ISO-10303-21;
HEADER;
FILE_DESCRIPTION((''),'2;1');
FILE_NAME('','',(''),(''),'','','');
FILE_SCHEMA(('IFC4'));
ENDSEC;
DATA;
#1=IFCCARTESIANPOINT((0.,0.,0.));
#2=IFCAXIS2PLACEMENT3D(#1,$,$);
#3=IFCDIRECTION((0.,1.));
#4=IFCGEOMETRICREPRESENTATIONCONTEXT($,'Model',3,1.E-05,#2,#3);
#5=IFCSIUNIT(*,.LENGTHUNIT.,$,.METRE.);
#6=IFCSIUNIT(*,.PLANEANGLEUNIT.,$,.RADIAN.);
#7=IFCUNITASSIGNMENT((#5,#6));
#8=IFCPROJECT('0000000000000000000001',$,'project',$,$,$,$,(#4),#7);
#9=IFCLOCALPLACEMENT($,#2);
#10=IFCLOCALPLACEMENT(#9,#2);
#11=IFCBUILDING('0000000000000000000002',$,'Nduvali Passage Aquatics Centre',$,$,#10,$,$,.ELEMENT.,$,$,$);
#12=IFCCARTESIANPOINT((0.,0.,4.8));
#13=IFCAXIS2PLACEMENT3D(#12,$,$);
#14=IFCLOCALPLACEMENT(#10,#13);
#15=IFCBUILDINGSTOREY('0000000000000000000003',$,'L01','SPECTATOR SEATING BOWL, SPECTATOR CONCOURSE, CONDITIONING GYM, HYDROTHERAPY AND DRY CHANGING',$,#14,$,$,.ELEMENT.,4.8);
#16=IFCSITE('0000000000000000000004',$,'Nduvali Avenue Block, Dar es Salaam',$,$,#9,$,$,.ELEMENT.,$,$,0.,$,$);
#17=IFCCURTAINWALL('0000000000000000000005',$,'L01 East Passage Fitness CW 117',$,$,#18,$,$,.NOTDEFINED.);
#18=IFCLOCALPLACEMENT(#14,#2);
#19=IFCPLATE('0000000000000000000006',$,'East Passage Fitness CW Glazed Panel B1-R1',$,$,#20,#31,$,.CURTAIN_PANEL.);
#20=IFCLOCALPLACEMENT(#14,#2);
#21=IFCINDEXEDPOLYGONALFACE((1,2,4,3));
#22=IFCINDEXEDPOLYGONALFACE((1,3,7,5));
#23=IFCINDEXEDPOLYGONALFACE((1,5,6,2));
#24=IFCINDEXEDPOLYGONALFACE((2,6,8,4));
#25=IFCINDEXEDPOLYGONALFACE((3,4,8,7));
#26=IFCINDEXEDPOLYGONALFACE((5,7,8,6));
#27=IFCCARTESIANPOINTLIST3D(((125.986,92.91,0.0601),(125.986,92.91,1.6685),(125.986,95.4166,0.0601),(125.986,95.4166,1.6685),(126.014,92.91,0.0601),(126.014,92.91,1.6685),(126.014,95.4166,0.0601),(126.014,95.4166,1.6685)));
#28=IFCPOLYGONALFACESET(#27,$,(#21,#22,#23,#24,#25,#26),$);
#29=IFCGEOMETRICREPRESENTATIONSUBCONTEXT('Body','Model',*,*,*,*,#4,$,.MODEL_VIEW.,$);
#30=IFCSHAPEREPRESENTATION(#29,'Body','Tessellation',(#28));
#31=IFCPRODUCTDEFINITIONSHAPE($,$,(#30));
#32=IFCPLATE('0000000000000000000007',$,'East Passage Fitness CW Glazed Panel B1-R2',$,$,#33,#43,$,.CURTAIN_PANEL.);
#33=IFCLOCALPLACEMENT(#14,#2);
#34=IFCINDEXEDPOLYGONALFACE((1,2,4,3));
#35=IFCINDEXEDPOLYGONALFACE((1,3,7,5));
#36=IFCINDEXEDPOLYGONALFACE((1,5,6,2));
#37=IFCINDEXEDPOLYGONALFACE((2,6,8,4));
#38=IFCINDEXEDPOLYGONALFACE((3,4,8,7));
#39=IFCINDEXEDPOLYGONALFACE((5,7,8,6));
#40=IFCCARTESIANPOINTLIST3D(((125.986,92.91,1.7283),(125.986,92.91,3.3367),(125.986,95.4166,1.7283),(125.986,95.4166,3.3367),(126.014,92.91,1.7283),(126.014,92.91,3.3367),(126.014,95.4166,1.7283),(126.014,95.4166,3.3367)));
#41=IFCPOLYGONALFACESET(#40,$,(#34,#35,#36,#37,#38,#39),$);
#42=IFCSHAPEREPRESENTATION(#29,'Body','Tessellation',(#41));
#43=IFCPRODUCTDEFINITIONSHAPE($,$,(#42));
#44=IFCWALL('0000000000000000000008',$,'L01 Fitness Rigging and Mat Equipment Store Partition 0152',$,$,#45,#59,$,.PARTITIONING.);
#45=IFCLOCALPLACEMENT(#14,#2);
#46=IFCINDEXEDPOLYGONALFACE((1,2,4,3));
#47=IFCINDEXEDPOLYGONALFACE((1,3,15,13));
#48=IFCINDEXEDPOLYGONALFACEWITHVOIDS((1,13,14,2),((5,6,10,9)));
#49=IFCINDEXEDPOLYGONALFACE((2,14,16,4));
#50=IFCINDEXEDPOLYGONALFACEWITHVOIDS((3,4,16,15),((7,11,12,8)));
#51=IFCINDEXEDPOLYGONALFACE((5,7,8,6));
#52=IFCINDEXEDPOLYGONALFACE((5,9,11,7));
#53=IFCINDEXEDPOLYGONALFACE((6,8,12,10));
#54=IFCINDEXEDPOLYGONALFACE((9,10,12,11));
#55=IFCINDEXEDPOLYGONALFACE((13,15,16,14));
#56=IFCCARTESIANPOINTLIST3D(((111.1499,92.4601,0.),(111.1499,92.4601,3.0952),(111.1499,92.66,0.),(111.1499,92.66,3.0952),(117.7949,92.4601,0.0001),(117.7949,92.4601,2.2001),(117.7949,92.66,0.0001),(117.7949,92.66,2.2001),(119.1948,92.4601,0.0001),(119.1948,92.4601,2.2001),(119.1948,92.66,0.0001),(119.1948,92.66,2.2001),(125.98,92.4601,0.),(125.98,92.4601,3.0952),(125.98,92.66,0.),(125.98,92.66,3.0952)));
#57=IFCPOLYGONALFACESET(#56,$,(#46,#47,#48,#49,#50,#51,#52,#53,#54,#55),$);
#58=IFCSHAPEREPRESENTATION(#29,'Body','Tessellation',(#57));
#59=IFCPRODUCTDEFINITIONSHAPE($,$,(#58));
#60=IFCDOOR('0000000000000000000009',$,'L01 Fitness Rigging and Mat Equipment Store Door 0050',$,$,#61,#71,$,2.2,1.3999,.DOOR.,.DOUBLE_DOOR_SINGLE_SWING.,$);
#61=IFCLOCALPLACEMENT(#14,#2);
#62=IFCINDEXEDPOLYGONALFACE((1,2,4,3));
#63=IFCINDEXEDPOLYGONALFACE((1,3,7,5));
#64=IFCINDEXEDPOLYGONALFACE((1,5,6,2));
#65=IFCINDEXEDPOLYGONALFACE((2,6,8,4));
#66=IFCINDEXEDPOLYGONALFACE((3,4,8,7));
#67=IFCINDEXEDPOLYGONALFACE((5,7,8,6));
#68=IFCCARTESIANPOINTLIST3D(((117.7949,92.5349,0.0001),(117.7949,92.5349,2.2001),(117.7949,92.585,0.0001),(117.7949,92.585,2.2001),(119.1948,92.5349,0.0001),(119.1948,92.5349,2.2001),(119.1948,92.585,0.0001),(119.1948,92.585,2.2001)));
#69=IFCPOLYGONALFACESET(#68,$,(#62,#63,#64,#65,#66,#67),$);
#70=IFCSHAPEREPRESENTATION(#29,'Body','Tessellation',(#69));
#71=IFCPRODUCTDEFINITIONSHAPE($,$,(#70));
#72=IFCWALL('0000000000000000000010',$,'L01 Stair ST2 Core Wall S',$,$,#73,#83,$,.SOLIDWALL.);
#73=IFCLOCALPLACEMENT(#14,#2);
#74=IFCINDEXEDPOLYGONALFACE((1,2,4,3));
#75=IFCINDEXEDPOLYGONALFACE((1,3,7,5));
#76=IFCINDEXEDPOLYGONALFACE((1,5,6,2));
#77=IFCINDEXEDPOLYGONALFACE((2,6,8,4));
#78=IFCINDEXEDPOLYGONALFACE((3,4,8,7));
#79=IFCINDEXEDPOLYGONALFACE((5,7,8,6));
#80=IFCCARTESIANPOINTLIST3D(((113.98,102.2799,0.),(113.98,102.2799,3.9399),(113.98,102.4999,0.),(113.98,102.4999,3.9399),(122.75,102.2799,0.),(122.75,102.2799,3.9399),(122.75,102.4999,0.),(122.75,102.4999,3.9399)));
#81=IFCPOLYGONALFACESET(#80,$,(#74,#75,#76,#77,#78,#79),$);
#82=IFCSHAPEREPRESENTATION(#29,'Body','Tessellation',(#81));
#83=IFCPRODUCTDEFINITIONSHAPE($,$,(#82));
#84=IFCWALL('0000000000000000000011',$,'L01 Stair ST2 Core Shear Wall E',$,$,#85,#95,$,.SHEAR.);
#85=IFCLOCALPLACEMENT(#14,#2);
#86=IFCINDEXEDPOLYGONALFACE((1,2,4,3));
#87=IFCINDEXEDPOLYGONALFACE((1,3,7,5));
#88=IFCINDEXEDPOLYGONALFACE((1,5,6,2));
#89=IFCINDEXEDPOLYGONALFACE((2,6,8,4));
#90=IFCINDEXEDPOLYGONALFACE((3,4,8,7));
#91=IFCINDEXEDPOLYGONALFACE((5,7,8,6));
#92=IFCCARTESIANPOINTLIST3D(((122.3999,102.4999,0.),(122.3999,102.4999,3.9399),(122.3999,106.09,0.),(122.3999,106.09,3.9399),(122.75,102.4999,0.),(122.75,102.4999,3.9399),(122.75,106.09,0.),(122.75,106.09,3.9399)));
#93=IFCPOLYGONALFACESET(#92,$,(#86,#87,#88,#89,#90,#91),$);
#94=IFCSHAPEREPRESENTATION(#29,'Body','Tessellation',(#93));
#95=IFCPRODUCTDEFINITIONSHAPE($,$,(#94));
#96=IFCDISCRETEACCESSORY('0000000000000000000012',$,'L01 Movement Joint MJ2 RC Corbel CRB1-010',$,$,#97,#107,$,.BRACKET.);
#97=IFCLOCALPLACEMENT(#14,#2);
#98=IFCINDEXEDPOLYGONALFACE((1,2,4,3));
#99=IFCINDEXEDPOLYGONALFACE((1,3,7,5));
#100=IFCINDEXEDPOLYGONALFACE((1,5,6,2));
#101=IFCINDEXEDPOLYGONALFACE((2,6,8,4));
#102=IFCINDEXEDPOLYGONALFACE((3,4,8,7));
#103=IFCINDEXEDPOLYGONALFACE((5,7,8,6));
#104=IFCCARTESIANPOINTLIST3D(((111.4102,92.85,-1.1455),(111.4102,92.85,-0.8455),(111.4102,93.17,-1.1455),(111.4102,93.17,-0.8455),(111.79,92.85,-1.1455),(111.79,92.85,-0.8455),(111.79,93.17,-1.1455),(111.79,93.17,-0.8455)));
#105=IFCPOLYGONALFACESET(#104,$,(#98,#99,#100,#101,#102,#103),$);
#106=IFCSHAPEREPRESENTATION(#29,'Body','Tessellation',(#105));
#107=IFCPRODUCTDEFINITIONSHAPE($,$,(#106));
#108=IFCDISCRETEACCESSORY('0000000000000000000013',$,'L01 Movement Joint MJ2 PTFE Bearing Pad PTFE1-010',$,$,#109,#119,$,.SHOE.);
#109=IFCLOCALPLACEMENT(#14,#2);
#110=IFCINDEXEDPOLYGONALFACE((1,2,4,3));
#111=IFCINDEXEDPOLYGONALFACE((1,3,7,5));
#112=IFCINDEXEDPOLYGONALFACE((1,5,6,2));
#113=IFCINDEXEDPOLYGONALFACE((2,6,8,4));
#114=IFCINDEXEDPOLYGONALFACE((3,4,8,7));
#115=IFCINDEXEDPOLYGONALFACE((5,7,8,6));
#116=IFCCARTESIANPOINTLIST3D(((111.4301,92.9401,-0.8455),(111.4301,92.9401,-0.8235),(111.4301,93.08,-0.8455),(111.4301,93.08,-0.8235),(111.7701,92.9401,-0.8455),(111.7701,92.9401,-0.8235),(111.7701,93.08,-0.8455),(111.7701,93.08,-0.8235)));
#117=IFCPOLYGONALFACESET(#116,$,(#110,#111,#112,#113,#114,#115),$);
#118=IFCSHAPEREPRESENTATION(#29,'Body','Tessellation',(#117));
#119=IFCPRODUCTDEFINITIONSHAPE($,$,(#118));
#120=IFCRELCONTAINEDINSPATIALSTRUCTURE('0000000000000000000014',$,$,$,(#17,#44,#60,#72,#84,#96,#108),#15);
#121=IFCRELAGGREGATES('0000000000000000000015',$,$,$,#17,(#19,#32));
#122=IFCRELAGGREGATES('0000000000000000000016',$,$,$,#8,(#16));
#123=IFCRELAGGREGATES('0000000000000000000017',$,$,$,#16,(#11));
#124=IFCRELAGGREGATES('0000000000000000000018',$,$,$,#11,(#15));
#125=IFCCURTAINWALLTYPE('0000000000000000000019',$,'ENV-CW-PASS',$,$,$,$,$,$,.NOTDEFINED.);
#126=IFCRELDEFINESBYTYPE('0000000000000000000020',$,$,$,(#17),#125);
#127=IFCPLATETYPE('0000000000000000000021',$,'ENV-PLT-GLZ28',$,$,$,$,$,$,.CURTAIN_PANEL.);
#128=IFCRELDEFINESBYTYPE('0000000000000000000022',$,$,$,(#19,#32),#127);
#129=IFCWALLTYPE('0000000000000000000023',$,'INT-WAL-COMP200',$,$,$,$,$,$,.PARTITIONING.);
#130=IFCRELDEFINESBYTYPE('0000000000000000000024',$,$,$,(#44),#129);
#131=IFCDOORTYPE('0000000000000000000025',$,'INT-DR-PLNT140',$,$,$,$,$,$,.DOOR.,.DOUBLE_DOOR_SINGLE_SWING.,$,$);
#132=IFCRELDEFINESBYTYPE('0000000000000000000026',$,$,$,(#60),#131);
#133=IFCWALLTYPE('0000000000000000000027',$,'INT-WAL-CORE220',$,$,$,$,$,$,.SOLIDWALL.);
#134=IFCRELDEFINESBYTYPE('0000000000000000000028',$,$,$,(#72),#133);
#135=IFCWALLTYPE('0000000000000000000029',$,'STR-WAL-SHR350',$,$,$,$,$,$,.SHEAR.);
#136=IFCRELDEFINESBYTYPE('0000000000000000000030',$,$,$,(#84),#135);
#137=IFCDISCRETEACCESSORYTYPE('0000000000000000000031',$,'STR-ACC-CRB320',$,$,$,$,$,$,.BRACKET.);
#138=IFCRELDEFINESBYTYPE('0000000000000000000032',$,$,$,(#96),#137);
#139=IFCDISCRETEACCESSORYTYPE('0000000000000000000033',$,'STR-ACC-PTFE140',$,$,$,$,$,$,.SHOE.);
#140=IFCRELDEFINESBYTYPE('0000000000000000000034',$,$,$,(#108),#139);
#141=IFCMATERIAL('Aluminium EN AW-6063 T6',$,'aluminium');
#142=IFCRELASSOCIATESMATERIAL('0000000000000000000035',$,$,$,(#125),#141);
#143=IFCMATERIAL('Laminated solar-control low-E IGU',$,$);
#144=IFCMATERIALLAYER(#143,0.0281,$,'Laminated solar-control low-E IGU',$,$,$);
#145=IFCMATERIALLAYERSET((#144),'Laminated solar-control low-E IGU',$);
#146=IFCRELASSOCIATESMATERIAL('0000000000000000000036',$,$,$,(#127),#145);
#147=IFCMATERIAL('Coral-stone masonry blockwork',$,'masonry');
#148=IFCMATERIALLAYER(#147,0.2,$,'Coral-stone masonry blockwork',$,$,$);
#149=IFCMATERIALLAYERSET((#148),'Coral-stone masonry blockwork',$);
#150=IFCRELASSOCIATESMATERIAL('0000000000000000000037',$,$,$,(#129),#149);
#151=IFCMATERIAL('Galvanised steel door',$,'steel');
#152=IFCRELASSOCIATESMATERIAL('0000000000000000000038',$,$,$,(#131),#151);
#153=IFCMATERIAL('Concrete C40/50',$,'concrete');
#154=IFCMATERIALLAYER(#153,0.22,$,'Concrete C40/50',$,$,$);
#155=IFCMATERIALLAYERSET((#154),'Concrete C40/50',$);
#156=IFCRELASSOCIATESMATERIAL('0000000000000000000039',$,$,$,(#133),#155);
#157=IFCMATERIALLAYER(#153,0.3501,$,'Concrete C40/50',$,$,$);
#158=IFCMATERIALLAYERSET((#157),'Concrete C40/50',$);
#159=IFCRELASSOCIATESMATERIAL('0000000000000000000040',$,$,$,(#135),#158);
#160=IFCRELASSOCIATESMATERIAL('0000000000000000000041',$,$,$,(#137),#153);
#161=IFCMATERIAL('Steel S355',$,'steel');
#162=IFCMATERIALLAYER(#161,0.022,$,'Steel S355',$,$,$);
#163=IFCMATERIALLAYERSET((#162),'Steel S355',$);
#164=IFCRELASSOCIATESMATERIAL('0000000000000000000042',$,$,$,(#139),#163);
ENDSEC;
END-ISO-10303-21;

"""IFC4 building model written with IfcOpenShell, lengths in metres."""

from ifc_helpers import new_model, si_unit, direction, frame, frame_2d, origin, origin_2d, place, context, subcontext, project, spatial, rectangle, extrude, material, layer, layer_set, type_object, element, fill, aggregate, save


model = new_model("IFC4")

# Units and contexts
model_context = context("Model", 3, precision=1e-05, world=origin(), true_north=direction((0.0, 1.0)))
body_context = subcontext(model_context, "Body", "Model", "MODEL_VIEW")
ifc_project = project(units=[si_unit("LENGTHUNIT", "METRE"), si_unit("PLANEANGLEUNIT", "RADIAN")], contexts=[model_context])

# Site, building, storey
site_placement = place(None, origin())
site = spatial("IfcSite", under=ifc_project, at=site_placement, Name="Nduvali Avenue Block, Dar es Salaam", CompositionType="ELEMENT", RefElevation=0.0)
building_placement = place(site_placement, origin())
building = spatial("IfcBuilding", under=site, at=building_placement, Name="Nduvali Passage Aquatics Centre", CompositionType="ELEMENT")
storey_placement = place(building_placement, frame((0.0, 0.0, 4.8)))
storey = spatial("IfcBuildingStorey", under=building, at=storey_placement, Name="L01", Description="SPECTATOR SEATING BOWL, SPECTATOR CONCOURSE, CONDITIONING GYM, HYDROTHERAPY AND DRY CHANGING", CompositionType="ELEMENT", Elevation=4.8)

# Shared definitions
ifc_material_1 = material(Name="Steel S355", Category="steel")

# Curtain wall
ifc_material_2 = material(Name="Aluminium EN AW-6063 T6", Category="aluminium")
curtain_wall_type = type_object("IfcCurtainWallType", Name="ENV-CW-PASS", PredefinedType="NOTDEFINED", material=ifc_material_2)
curtain_wall_placement = place(storey_placement, origin())
curtain_wall = element("IfcCurtainWall", 1, at=curtain_wall_placement, inside=storey, type_object=curtain_wall_type, Name="L01 East Passage Fitness CW 117", PredefinedType="NOTDEFINED")

# Plates
ifc_material_3 = material(Name="Laminated solar-control low-E IGU")
ifc_layer_1 = layer(ifc_material_3, 0.0281, Name="Laminated solar-control low-E IGU")
ifc_layer_set_1 = layer_set([ifc_layer_1], Name="Laminated solar-control low-E IGU")
plate_type = type_object("IfcPlateType", Name="ENV-PLT-GLZ28", PredefinedType="CURTAIN_PANEL", material=ifc_layer_set_1)
plate_1_placement = place(storey_placement, frame((126.0, 94.1633, 0.0601), z_axis=(0.0, 0.0, 1.0), x_axis=(0.0, 1.0, 0.0)))
plate_1 = element("IfcPlate", 2, at=plate_1_placement, type_object=plate_type, Name="East Passage Fitness CW Glazed Panel B1-R1", PredefinedType="CURTAIN_PANEL", context=body_context, shape_type="SweptSolid", body=[
    extrude(rectangle(XDim=2.5066, YDim=0.0281, at=origin_2d()), origin(), (0.0, 0.0, 1.0), 1.6084),
])
plate_2_placement = place(storey_placement, frame((126.0, 94.1633, 1.7283), z_axis=(0.0, 0.0, 1.0), x_axis=(0.0, 1.0, 0.0)))
plate_2 = element("IfcPlate", 3, at=plate_2_placement, type_object=plate_type, Name="East Passage Fitness CW Glazed Panel B1-R2", PredefinedType="CURTAIN_PANEL", context=body_context, shape_type="SweptSolid", body=[
    extrude(rectangle(XDim=2.5066, YDim=0.0281, at=origin_2d()), origin(), (0.0, 0.0, 1.0), 1.6084),
])
aggregate(curtain_wall, [plate_1, plate_2])

# Wall, opening, door
ifc_material_4 = material(Name="Coral-stone masonry blockwork", Category="masonry")
ifc_layer_2 = layer(ifc_material_4, 0.2, Name="Coral-stone masonry blockwork")
ifc_layer_set_2 = layer_set([ifc_layer_2], Name="Coral-stone masonry blockwork")
wall_type_1 = type_object("IfcWallType", Name="INT-WAL-COMP200", PredefinedType="PARTITIONING", material=ifc_layer_set_2)
wall_1_placement = place(storey_placement, frame((111.1499, 92.5601, 0.0), z_axis=(0.0, 0.0, 1.0), x_axis=(1.0, 0.0, 0.0)))
wall_1 = element("IfcWall", 4, at=wall_1_placement, inside=storey, type_object=wall_type_1, Name="L01 Fitness Rigging and Mat Equipment Store Partition 0152", PredefinedType="PARTITIONING", context=body_context, shape_type="SweptSolid", body=[
    extrude(rectangle(XDim=14.8301, YDim=0.2, at=frame_2d((7.415, 0.0))), origin(), (0.0, 0.0, 1.0), 3.0952),
])
opening_placement = place(wall_1_placement, frame((6.645, 0.0, 0.0)))
opening = element("IfcOpeningElement", 5, at=opening_placement, cuts=wall_1, PredefinedType="OPENING", context=body_context, shape_type="SweptSolid", body=[
    extrude(rectangle(XDim=1.3999, YDim=2.2, at=frame_2d((0.7, 1.1001))), frame((0.0, 0.1147, 0.0), z_axis=(0.0, -1.0, 0.0), x_axis=(1.0, 0.0, 0.0)), (0.0, 0.0, 1.0), 0.2297),
])
ifc_material_5 = material(Name="Galvanised steel door", Category="steel")
door_type = type_object("IfcDoorType", Name="INT-DR-PLNT140", OperationType="DOUBLE_DOOR_SINGLE_SWING", PredefinedType="DOOR", material=ifc_material_5)
door_placement = place(opening_placement, origin())
door = element("IfcDoor", 6, at=door_placement, inside=storey, type_object=door_type, Name="L01 Fitness Rigging and Mat Equipment Store Door 0050", OperationType="DOUBLE_DOOR_SINGLE_SWING", OverallHeight=2.2, OverallWidth=1.3999, PredefinedType="DOOR", context=body_context, shape_type="SweptSolid", body=[
    extrude(rectangle(XDim=1.3999, YDim=2.2, at=frame_2d((0.7, 1.1001))), frame((0.0, 0.0249, 0.0), z_axis=(0.0, -1.0, 0.0), x_axis=(1.0, 0.0, 0.0)), (0.0, 0.0, 1.0), 0.05),
])
fill(opening, door)

# Walls
ifc_material_6 = material(Name="Concrete C40/50", Category="concrete")
ifc_layer_3 = layer(ifc_material_6, 0.22, Name="Concrete C40/50")
ifc_layer_set_3 = layer_set([ifc_layer_3], Name="Concrete C40/50")
wall_type_2 = type_object("IfcWallType", Name="INT-WAL-CORE220", PredefinedType="SOLIDWALL", material=ifc_layer_set_3)
wall_2_placement = place(storey_placement, frame((113.98, 102.3899, 0.0), z_axis=(0.0, 0.0, 1.0), x_axis=(1.0, 0.0, 0.0)))
element("IfcWall", 7, at=wall_2_placement, inside=storey, type_object=wall_type_2, Name="L01 Stair ST2 Core Wall S", PredefinedType="SOLIDWALL", context=body_context, shape_type="SweptSolid", body=[
    extrude(rectangle(XDim=8.77, YDim=0.22, at=frame_2d((4.385, 0.0))), origin(), (0.0, 0.0, 1.0), 3.9399),
])
ifc_layer_4 = layer(ifc_material_6, 0.3501, Name="Concrete C40/50")
ifc_layer_set_4 = layer_set([ifc_layer_4], Name="Concrete C40/50")
wall_type_3 = type_object("IfcWallType", Name="STR-WAL-SHR350", PredefinedType="SHEAR", material=ifc_layer_set_4)
wall_3_placement = place(storey_placement, frame((122.575, 102.5, 0.0), z_axis=(0.0, 0.0, 1.0), x_axis=(0.0, 1.0, 0.0)))
element("IfcWall", 8, at=wall_3_placement, inside=storey, type_object=wall_type_3, Name="L01 Stair ST2 Core Shear Wall E", PredefinedType="SHEAR", context=body_context, shape_type="SweptSolid", body=[
    extrude(rectangle(XDim=3.5901, YDim=0.3501, at=frame_2d((1.7949, 0.0))), origin(), (0.0, 0.0, 1.0), 3.9399),
])

# Discrete accessories
discrete_accessory_type_1 = type_object("IfcDiscreteAccessoryType", Name="STR-ACC-CRB320", PredefinedType="BRACKET", material=ifc_material_6)
discrete_accessory_1_placement = place(storey_placement, frame((111.6001, 93.01, -1.1455), z_axis=(0.0, 0.0, 1.0), x_axis=(0.0, 1.0, 0.0)))
element("IfcDiscreteAccessory", 9, at=discrete_accessory_1_placement, inside=storey, type_object=discrete_accessory_type_1, Name="L01 Movement Joint MJ2 RC Corbel CRB1-010", PredefinedType="BRACKET", context=body_context, shape_type="SweptSolid", body=[
    extrude(rectangle(XDim=0.3201, YDim=0.3799, at=origin_2d()), origin(), (0.0, 0.0, 1.0), 0.3),
])
ifc_layer_5 = layer(ifc_material_1, 0.022, Name="Steel S355")
ifc_layer_set_5 = layer_set([ifc_layer_5], Name="Steel S355")
discrete_accessory_type_2 = type_object("IfcDiscreteAccessoryType", Name="STR-ACC-PTFE140", PredefinedType="SHOE", material=ifc_layer_set_5)
discrete_accessory_2_placement = place(storey_placement, frame((111.6001, 93.01, -0.8455), z_axis=(0.0, 0.0, 1.0), x_axis=(0.0, 1.0, 0.0)))
element("IfcDiscreteAccessory", 10, at=discrete_accessory_2_placement, inside=storey, type_object=discrete_accessory_type_2, Name="L01 Movement Joint MJ2 PTFE Bearing Pad PTFE1-010", PredefinedType="SHOE", context=body_context, shape_type="SweptSolid", body=[
    extrude(rectangle(XDim=0.1399, YDim=0.3401, at=origin_2d()), origin(), (0.0, 0.0, 1.0), 0.022),
])

save(model, "model.ifc")
